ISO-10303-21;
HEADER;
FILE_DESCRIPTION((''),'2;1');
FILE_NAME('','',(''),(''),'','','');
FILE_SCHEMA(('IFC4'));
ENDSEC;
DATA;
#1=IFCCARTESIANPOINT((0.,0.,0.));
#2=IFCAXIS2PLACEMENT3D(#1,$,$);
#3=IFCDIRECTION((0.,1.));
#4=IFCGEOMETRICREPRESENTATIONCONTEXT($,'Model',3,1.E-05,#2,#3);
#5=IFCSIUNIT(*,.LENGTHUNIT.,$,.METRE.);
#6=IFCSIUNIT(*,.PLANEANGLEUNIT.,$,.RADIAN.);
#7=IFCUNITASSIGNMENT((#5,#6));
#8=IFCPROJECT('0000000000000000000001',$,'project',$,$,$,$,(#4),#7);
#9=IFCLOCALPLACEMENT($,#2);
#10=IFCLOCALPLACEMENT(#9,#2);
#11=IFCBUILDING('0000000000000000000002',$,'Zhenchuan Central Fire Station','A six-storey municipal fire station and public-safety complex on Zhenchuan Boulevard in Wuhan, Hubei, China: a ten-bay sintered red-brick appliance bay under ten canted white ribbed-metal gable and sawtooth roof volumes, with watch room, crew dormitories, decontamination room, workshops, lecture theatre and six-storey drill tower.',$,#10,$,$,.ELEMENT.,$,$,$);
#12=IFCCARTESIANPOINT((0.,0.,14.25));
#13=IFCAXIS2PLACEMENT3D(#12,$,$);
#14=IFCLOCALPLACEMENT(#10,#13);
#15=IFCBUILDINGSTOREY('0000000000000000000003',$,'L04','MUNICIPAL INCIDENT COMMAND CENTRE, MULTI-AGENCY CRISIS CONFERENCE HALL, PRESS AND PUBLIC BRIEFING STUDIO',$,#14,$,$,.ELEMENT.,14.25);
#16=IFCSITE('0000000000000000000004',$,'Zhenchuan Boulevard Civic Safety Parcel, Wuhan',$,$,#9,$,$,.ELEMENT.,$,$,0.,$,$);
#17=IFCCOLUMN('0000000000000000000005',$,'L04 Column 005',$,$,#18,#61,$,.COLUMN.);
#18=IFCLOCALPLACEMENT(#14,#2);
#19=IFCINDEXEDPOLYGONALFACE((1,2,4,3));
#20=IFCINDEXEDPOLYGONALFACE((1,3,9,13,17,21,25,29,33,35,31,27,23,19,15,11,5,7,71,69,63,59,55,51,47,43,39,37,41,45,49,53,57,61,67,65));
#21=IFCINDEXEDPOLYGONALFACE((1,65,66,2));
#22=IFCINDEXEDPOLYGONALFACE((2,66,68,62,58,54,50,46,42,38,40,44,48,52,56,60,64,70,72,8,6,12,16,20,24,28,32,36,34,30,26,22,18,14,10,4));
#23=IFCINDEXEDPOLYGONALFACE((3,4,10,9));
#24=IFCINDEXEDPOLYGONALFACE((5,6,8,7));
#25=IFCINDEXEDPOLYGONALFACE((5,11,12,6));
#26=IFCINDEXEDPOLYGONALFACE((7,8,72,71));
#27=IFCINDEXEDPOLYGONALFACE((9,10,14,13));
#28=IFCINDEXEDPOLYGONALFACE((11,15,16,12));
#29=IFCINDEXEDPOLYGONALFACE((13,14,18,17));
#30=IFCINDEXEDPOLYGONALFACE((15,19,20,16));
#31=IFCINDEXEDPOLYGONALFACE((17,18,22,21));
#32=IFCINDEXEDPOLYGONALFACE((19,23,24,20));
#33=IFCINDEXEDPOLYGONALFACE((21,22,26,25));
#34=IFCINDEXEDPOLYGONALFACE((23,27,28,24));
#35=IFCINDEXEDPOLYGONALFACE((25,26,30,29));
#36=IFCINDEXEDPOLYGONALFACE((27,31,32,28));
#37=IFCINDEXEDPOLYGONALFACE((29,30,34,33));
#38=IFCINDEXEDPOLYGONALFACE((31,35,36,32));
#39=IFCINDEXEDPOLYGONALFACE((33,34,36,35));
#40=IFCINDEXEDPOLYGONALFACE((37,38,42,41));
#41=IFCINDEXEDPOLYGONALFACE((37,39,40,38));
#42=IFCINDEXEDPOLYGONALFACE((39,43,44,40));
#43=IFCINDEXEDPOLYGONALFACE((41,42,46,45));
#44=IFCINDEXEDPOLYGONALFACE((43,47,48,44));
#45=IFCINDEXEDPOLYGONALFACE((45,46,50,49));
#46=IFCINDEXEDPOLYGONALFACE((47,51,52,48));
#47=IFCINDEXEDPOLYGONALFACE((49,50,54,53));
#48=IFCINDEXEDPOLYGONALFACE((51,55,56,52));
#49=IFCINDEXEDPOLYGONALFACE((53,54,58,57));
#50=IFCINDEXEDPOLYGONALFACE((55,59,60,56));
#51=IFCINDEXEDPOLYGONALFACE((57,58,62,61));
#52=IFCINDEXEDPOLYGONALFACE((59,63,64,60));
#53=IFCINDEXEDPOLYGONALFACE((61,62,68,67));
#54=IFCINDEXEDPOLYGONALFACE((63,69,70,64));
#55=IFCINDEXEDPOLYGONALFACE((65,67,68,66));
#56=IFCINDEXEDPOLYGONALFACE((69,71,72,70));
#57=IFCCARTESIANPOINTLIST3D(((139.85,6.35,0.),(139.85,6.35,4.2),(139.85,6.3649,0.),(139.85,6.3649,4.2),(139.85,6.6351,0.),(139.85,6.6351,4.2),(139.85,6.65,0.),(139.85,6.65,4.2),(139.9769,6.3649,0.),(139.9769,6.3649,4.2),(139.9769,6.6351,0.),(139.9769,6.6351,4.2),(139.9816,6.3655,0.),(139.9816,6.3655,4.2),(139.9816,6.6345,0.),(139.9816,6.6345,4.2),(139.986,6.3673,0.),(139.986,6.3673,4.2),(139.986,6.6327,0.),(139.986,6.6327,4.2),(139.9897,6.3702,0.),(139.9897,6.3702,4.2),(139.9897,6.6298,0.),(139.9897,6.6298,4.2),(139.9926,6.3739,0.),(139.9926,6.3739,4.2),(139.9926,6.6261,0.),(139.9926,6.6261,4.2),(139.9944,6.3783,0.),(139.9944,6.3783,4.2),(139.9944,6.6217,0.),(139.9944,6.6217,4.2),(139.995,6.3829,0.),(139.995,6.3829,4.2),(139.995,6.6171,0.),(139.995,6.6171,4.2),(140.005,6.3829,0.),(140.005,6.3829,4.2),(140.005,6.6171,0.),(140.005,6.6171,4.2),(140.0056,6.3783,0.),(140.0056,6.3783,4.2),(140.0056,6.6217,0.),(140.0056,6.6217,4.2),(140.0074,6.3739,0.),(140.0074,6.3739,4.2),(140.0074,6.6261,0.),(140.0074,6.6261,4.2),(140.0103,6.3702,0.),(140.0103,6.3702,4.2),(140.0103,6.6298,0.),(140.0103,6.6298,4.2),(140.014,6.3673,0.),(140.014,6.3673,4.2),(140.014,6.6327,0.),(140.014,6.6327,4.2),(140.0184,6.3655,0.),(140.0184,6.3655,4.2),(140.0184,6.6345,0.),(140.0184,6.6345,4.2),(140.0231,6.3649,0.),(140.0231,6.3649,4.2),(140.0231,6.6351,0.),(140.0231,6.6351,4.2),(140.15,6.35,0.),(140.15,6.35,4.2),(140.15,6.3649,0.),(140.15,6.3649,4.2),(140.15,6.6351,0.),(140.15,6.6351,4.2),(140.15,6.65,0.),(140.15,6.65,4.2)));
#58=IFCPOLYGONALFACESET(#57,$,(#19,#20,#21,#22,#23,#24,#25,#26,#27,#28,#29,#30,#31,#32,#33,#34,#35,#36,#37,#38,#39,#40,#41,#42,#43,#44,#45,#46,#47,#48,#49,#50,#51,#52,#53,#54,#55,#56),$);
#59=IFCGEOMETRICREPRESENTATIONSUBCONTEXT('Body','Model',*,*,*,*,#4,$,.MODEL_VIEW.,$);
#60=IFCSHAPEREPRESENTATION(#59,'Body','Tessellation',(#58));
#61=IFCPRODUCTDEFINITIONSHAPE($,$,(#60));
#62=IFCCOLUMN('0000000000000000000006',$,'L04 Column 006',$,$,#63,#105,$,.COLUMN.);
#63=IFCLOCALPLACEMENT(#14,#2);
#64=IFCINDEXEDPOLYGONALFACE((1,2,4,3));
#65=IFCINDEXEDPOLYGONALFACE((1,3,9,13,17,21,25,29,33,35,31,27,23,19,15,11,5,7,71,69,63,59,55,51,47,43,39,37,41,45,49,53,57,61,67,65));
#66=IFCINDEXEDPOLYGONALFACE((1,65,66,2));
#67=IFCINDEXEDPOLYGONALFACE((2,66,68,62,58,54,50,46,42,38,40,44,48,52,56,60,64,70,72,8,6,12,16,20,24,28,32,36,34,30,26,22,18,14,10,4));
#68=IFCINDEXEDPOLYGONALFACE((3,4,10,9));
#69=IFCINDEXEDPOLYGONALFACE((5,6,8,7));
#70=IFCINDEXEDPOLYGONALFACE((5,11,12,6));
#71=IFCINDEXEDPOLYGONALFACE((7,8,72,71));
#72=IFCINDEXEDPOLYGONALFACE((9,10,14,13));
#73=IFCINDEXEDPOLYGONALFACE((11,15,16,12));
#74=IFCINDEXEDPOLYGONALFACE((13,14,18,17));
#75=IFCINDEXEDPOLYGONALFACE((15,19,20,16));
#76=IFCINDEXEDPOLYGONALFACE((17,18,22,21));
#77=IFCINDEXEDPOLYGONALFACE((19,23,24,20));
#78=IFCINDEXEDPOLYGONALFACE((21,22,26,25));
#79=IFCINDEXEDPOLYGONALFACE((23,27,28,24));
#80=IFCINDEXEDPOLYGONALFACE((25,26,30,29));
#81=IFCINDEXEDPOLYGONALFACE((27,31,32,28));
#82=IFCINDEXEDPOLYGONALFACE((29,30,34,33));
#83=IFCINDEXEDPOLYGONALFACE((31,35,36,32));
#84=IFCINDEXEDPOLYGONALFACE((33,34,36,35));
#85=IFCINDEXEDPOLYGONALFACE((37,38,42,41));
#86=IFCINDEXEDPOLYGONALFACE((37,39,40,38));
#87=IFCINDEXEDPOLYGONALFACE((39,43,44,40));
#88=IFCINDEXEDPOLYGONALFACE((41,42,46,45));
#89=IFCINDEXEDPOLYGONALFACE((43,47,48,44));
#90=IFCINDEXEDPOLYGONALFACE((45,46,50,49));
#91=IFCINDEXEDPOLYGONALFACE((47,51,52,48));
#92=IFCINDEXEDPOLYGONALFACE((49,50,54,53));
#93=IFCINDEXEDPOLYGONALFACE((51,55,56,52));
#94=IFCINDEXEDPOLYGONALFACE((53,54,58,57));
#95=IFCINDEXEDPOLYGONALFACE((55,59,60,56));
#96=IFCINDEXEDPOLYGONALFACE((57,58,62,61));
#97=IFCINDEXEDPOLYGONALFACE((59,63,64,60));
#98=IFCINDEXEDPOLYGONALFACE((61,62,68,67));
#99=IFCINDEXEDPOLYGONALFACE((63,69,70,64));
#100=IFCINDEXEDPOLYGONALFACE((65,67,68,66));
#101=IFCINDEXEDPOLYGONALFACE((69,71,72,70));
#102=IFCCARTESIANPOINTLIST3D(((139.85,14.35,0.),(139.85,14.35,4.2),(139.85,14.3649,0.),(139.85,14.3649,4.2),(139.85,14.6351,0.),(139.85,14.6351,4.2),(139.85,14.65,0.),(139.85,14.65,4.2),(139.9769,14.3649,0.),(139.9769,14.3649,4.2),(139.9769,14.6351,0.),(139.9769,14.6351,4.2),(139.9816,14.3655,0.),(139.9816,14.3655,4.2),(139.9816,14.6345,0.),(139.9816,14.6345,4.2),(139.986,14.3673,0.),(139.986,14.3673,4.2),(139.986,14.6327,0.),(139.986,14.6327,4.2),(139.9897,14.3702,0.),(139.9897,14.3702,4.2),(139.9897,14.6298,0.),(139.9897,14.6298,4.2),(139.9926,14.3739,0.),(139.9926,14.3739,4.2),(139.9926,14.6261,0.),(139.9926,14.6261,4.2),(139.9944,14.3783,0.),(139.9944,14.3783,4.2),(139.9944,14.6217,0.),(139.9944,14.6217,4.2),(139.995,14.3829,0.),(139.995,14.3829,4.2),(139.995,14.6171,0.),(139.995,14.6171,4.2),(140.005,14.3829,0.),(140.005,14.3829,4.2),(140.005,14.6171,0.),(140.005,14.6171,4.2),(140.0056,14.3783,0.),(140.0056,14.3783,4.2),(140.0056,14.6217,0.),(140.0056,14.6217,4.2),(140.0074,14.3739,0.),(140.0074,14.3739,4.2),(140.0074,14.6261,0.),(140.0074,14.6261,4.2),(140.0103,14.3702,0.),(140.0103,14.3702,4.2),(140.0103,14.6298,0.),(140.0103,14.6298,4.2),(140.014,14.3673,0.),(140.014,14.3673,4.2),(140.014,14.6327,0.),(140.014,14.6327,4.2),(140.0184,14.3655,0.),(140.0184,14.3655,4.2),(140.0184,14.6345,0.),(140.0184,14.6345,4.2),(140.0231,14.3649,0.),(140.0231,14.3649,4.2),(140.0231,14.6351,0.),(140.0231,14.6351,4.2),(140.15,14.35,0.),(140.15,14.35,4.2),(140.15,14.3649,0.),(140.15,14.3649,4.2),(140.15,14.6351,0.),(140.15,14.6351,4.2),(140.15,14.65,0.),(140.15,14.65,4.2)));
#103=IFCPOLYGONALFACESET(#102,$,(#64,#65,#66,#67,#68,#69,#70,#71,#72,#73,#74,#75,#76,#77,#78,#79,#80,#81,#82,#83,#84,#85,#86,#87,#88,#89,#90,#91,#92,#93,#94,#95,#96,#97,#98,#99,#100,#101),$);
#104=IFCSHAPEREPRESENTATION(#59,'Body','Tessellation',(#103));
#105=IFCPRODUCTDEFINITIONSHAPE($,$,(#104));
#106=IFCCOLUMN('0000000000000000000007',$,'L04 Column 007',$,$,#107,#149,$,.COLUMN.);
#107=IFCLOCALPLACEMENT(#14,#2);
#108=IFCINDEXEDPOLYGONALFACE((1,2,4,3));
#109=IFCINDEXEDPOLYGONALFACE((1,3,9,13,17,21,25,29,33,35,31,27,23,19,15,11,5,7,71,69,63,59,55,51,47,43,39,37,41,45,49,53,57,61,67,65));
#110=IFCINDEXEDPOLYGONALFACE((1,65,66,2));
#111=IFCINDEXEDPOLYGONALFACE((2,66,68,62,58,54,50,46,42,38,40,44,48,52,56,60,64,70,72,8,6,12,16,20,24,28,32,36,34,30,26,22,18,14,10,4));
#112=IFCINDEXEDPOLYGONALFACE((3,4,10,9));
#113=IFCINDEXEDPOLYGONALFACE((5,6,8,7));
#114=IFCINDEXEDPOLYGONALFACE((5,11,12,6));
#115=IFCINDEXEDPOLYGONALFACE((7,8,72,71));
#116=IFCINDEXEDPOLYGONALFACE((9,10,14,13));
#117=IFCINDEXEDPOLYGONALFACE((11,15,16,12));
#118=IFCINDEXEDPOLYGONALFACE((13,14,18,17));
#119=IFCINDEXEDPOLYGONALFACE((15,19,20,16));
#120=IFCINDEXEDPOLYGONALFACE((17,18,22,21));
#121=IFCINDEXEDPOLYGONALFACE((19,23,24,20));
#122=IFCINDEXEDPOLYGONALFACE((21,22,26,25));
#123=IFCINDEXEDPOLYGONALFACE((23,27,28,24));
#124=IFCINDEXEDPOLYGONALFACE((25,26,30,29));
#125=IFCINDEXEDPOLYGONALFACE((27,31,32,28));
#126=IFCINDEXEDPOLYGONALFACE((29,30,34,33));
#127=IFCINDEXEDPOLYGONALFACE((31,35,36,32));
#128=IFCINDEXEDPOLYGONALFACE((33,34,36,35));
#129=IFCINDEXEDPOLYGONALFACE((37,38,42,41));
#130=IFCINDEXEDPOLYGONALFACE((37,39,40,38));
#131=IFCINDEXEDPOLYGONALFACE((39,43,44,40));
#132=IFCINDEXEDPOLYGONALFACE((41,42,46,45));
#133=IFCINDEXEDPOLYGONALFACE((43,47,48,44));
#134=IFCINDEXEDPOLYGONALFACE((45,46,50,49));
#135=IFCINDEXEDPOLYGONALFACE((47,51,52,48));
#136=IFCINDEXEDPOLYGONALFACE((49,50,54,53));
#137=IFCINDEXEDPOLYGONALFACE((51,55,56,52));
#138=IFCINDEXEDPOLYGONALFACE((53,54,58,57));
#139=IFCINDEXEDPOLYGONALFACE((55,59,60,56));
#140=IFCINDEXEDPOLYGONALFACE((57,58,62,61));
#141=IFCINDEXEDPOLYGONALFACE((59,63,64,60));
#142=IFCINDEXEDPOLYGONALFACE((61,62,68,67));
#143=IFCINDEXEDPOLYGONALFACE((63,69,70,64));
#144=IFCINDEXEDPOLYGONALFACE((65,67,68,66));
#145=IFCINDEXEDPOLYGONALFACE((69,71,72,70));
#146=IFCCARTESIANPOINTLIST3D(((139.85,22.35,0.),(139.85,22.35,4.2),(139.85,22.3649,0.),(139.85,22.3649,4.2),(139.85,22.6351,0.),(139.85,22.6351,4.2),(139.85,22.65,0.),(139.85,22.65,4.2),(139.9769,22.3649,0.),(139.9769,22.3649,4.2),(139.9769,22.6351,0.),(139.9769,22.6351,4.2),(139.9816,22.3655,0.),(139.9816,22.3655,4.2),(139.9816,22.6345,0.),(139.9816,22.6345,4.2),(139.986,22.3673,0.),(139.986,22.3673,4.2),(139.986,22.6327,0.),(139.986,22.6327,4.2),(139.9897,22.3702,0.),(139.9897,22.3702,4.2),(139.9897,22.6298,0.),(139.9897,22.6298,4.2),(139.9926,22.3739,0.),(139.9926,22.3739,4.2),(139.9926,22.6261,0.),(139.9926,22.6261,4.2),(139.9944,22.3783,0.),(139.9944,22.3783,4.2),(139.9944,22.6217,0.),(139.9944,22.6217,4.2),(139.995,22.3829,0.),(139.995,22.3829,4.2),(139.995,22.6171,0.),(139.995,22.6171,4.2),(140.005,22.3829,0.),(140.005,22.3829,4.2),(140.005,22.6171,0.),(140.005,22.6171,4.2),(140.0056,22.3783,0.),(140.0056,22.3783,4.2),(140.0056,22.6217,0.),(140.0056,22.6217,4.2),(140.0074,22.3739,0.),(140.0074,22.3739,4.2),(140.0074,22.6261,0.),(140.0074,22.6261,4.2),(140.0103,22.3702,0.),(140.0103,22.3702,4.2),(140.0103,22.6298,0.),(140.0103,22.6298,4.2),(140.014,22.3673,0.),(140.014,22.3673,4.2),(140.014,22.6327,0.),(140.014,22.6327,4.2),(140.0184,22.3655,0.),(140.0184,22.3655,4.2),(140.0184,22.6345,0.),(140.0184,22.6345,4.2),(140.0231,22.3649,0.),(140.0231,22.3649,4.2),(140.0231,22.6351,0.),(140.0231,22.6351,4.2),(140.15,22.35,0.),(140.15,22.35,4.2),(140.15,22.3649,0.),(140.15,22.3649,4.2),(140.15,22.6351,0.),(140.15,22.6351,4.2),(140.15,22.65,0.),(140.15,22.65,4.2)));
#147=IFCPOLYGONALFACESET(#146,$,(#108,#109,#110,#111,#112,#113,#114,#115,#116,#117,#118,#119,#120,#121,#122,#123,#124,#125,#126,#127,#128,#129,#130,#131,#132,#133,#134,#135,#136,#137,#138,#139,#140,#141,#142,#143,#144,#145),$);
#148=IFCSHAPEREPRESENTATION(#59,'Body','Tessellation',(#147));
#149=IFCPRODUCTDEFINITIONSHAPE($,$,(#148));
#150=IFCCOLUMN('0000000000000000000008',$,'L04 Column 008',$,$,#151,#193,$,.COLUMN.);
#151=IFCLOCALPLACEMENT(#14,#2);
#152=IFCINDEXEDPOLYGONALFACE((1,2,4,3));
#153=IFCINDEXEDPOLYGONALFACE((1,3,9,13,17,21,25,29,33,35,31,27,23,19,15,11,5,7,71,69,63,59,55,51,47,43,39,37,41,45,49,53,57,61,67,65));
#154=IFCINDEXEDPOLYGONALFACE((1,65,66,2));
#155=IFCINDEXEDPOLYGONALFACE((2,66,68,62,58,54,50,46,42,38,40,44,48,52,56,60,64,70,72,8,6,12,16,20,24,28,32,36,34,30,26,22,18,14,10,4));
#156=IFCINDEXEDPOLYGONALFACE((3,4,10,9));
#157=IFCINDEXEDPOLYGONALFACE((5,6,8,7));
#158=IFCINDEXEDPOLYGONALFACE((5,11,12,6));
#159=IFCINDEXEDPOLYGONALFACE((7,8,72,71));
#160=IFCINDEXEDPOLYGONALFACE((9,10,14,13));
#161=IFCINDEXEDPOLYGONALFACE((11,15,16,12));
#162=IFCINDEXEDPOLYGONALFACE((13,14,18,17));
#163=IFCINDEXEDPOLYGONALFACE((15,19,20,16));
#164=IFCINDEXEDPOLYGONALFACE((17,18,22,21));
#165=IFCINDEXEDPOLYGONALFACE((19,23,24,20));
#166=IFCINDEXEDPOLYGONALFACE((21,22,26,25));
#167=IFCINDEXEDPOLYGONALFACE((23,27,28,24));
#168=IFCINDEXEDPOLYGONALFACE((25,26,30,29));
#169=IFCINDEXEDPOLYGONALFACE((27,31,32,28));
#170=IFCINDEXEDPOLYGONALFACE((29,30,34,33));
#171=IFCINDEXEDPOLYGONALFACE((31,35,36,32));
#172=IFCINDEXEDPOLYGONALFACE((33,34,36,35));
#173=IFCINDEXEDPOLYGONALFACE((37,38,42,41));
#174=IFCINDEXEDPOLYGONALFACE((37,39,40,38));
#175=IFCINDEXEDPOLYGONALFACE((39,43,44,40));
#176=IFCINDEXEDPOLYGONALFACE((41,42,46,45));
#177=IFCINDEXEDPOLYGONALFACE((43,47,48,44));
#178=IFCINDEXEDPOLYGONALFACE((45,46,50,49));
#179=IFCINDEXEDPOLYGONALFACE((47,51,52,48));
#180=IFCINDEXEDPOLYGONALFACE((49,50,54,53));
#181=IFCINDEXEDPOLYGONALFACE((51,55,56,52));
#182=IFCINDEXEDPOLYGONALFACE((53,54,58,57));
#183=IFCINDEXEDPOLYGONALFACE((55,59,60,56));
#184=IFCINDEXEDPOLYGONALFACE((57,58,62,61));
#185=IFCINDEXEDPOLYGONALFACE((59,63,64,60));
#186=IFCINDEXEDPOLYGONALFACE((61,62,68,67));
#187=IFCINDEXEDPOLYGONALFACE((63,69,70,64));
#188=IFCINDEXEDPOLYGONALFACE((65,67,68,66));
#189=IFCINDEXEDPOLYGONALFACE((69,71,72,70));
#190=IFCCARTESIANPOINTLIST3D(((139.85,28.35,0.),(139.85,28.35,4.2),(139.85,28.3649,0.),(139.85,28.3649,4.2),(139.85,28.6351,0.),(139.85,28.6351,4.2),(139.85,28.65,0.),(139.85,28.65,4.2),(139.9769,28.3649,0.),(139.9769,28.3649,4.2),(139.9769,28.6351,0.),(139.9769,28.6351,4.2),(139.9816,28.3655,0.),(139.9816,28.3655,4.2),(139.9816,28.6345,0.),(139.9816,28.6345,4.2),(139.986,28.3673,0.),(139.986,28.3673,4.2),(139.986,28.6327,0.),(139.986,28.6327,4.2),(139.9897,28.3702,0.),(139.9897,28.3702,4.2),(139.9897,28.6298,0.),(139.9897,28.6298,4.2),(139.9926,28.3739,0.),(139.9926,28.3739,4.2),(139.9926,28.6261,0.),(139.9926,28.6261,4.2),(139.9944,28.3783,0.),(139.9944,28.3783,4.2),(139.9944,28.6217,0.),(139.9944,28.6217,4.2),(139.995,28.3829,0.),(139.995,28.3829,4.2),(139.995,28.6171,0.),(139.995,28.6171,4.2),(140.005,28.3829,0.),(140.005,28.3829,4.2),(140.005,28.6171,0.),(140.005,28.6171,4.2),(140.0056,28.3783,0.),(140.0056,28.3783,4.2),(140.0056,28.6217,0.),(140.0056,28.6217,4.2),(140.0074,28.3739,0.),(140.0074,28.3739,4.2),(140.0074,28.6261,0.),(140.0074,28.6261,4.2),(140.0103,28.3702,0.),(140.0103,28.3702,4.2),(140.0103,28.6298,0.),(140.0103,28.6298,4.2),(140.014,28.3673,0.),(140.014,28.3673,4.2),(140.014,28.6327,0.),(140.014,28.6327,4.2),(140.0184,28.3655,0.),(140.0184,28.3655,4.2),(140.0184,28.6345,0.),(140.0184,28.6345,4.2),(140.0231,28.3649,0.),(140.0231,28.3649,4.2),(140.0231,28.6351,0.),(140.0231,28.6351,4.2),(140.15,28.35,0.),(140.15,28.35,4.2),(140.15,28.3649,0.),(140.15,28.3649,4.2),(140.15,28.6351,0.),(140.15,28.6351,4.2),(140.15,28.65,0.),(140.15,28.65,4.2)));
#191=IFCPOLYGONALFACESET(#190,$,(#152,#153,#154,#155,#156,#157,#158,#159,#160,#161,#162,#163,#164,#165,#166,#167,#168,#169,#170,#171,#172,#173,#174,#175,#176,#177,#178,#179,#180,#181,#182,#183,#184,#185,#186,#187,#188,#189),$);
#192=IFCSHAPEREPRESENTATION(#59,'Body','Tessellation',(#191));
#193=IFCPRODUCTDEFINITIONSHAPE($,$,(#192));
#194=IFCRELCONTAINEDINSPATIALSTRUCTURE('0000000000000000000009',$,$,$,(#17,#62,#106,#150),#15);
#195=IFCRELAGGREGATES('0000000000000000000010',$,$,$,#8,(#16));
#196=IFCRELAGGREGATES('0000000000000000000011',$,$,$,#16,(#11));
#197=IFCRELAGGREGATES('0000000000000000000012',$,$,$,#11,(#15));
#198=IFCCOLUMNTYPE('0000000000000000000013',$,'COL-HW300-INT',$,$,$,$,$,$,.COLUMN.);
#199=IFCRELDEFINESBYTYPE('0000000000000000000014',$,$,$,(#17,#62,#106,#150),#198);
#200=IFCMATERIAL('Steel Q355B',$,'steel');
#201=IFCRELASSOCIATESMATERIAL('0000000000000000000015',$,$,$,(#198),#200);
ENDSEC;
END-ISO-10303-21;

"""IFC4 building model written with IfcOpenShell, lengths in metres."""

from ifc_helpers import new_model, si_unit, direction, frame, origin, origin_2d, place, context, subcontext, project, spatial, i_section, extrude, material, material_profile, profile_set, type_object, element, save


model = new_model("IFC4")

# Units and contexts
model_context = context("Model", 3, precision=1e-05, world=origin(), true_north=direction((0.0, 1.0)))
body_context = subcontext(model_context, "Body", "Model", "MODEL_VIEW")
ifc_project = project(units=[si_unit("LENGTHUNIT", "METRE"), si_unit("PLANEANGLEUNIT", "RADIAN")], contexts=[model_context])

# Site, building, storey
site_placement = place(None, origin())
site = spatial("IfcSite", under=ifc_project, at=site_placement, Name="Zhenchuan Boulevard Civic Safety Parcel, Wuhan", CompositionType="ELEMENT", RefElevation=0.0)
building_placement = place(site_placement, origin())
building = spatial("IfcBuilding", under=site, at=building_placement, Name="Zhenchuan Central Fire Station", Description="A six-storey municipal fire station and public-safety complex on Zhenchuan Boulevard in Wuhan, Hubei, China: a ten-bay sintered red-brick appliance bay under ten canted white ribbed-metal gable and sawtooth roof volumes, with watch room, crew dormitories, decontamination room, workshops, lecture theatre and six-storey drill tower.", CompositionType="ELEMENT")
storey_placement = place(building_placement, frame((0.0, 0.0, 14.25)))
storey = spatial("IfcBuildingStorey", under=building, at=storey_placement, Name="L04", Description="MUNICIPAL INCIDENT COMMAND CENTRE, MULTI-AGENCY CRISIS CONFERENCE HALL, PRESS AND PUBLIC BRIEFING STUDIO", CompositionType="ELEMENT", Elevation=14.25)

# Columns
ifc_material_1 = material(Name="Steel Q355B", Category="steel")
ifc_material_profile_1 = material_profile(ifc_material_1, i_section(OverallWidth=0.3, OverallDepth=0.3, WebThickness=0.01, FlangeThickness=0.0149, FilletRadius=0.0181, at=origin_2d()), Name="HW 300x300")
ifc_profile_set_1 = profile_set([ifc_material_profile_1], Name="Steel Q355B")
column_type_1 = type_object("IfcColumnType", Name="COL-HW300-INT", PredefinedType="COLUMN", material=ifc_profile_set_1)
for number, where, z_axis, x_axis, name in (
    (1, (140.0, 6.5, 0.0), (0.0, 0.0, 1.0), (1.0, 0.0, 0.0), "L04 Column 005"),
    (2, (140.0, 14.5, 0.0), (0.0, 0.0, 1.0), (1.0, 0.0, 0.0), "L04 Column 006"),
    (3, (140.0, 22.5, 0.0), (0.0, 0.0, 1.0), (1.0, 0.0, 0.0), "L04 Column 007"),
    (4, (140.0, 28.5, 0.0), (0.0, 0.0, 1.0), (1.0, 0.0, 0.0), "L04 Column 008"),
):
    element("IfcColumn", number, at=place(storey_placement, frame(where, z_axis=z_axis, x_axis=x_axis)), inside=storey, type_object=column_type_1, Name=name, PredefinedType="COLUMN", context=body_context, shape_type="SweptSolid", body=[
        extrude(i_section(OverallWidth=0.3, OverallDepth=0.3, WebThickness=0.01, FlangeThickness=0.0149, FilletRadius=0.0181, at=origin_2d()), origin(), (0.0, 0.0, 1.0), 4.2),
    ])

save(model, "model.ifc")
